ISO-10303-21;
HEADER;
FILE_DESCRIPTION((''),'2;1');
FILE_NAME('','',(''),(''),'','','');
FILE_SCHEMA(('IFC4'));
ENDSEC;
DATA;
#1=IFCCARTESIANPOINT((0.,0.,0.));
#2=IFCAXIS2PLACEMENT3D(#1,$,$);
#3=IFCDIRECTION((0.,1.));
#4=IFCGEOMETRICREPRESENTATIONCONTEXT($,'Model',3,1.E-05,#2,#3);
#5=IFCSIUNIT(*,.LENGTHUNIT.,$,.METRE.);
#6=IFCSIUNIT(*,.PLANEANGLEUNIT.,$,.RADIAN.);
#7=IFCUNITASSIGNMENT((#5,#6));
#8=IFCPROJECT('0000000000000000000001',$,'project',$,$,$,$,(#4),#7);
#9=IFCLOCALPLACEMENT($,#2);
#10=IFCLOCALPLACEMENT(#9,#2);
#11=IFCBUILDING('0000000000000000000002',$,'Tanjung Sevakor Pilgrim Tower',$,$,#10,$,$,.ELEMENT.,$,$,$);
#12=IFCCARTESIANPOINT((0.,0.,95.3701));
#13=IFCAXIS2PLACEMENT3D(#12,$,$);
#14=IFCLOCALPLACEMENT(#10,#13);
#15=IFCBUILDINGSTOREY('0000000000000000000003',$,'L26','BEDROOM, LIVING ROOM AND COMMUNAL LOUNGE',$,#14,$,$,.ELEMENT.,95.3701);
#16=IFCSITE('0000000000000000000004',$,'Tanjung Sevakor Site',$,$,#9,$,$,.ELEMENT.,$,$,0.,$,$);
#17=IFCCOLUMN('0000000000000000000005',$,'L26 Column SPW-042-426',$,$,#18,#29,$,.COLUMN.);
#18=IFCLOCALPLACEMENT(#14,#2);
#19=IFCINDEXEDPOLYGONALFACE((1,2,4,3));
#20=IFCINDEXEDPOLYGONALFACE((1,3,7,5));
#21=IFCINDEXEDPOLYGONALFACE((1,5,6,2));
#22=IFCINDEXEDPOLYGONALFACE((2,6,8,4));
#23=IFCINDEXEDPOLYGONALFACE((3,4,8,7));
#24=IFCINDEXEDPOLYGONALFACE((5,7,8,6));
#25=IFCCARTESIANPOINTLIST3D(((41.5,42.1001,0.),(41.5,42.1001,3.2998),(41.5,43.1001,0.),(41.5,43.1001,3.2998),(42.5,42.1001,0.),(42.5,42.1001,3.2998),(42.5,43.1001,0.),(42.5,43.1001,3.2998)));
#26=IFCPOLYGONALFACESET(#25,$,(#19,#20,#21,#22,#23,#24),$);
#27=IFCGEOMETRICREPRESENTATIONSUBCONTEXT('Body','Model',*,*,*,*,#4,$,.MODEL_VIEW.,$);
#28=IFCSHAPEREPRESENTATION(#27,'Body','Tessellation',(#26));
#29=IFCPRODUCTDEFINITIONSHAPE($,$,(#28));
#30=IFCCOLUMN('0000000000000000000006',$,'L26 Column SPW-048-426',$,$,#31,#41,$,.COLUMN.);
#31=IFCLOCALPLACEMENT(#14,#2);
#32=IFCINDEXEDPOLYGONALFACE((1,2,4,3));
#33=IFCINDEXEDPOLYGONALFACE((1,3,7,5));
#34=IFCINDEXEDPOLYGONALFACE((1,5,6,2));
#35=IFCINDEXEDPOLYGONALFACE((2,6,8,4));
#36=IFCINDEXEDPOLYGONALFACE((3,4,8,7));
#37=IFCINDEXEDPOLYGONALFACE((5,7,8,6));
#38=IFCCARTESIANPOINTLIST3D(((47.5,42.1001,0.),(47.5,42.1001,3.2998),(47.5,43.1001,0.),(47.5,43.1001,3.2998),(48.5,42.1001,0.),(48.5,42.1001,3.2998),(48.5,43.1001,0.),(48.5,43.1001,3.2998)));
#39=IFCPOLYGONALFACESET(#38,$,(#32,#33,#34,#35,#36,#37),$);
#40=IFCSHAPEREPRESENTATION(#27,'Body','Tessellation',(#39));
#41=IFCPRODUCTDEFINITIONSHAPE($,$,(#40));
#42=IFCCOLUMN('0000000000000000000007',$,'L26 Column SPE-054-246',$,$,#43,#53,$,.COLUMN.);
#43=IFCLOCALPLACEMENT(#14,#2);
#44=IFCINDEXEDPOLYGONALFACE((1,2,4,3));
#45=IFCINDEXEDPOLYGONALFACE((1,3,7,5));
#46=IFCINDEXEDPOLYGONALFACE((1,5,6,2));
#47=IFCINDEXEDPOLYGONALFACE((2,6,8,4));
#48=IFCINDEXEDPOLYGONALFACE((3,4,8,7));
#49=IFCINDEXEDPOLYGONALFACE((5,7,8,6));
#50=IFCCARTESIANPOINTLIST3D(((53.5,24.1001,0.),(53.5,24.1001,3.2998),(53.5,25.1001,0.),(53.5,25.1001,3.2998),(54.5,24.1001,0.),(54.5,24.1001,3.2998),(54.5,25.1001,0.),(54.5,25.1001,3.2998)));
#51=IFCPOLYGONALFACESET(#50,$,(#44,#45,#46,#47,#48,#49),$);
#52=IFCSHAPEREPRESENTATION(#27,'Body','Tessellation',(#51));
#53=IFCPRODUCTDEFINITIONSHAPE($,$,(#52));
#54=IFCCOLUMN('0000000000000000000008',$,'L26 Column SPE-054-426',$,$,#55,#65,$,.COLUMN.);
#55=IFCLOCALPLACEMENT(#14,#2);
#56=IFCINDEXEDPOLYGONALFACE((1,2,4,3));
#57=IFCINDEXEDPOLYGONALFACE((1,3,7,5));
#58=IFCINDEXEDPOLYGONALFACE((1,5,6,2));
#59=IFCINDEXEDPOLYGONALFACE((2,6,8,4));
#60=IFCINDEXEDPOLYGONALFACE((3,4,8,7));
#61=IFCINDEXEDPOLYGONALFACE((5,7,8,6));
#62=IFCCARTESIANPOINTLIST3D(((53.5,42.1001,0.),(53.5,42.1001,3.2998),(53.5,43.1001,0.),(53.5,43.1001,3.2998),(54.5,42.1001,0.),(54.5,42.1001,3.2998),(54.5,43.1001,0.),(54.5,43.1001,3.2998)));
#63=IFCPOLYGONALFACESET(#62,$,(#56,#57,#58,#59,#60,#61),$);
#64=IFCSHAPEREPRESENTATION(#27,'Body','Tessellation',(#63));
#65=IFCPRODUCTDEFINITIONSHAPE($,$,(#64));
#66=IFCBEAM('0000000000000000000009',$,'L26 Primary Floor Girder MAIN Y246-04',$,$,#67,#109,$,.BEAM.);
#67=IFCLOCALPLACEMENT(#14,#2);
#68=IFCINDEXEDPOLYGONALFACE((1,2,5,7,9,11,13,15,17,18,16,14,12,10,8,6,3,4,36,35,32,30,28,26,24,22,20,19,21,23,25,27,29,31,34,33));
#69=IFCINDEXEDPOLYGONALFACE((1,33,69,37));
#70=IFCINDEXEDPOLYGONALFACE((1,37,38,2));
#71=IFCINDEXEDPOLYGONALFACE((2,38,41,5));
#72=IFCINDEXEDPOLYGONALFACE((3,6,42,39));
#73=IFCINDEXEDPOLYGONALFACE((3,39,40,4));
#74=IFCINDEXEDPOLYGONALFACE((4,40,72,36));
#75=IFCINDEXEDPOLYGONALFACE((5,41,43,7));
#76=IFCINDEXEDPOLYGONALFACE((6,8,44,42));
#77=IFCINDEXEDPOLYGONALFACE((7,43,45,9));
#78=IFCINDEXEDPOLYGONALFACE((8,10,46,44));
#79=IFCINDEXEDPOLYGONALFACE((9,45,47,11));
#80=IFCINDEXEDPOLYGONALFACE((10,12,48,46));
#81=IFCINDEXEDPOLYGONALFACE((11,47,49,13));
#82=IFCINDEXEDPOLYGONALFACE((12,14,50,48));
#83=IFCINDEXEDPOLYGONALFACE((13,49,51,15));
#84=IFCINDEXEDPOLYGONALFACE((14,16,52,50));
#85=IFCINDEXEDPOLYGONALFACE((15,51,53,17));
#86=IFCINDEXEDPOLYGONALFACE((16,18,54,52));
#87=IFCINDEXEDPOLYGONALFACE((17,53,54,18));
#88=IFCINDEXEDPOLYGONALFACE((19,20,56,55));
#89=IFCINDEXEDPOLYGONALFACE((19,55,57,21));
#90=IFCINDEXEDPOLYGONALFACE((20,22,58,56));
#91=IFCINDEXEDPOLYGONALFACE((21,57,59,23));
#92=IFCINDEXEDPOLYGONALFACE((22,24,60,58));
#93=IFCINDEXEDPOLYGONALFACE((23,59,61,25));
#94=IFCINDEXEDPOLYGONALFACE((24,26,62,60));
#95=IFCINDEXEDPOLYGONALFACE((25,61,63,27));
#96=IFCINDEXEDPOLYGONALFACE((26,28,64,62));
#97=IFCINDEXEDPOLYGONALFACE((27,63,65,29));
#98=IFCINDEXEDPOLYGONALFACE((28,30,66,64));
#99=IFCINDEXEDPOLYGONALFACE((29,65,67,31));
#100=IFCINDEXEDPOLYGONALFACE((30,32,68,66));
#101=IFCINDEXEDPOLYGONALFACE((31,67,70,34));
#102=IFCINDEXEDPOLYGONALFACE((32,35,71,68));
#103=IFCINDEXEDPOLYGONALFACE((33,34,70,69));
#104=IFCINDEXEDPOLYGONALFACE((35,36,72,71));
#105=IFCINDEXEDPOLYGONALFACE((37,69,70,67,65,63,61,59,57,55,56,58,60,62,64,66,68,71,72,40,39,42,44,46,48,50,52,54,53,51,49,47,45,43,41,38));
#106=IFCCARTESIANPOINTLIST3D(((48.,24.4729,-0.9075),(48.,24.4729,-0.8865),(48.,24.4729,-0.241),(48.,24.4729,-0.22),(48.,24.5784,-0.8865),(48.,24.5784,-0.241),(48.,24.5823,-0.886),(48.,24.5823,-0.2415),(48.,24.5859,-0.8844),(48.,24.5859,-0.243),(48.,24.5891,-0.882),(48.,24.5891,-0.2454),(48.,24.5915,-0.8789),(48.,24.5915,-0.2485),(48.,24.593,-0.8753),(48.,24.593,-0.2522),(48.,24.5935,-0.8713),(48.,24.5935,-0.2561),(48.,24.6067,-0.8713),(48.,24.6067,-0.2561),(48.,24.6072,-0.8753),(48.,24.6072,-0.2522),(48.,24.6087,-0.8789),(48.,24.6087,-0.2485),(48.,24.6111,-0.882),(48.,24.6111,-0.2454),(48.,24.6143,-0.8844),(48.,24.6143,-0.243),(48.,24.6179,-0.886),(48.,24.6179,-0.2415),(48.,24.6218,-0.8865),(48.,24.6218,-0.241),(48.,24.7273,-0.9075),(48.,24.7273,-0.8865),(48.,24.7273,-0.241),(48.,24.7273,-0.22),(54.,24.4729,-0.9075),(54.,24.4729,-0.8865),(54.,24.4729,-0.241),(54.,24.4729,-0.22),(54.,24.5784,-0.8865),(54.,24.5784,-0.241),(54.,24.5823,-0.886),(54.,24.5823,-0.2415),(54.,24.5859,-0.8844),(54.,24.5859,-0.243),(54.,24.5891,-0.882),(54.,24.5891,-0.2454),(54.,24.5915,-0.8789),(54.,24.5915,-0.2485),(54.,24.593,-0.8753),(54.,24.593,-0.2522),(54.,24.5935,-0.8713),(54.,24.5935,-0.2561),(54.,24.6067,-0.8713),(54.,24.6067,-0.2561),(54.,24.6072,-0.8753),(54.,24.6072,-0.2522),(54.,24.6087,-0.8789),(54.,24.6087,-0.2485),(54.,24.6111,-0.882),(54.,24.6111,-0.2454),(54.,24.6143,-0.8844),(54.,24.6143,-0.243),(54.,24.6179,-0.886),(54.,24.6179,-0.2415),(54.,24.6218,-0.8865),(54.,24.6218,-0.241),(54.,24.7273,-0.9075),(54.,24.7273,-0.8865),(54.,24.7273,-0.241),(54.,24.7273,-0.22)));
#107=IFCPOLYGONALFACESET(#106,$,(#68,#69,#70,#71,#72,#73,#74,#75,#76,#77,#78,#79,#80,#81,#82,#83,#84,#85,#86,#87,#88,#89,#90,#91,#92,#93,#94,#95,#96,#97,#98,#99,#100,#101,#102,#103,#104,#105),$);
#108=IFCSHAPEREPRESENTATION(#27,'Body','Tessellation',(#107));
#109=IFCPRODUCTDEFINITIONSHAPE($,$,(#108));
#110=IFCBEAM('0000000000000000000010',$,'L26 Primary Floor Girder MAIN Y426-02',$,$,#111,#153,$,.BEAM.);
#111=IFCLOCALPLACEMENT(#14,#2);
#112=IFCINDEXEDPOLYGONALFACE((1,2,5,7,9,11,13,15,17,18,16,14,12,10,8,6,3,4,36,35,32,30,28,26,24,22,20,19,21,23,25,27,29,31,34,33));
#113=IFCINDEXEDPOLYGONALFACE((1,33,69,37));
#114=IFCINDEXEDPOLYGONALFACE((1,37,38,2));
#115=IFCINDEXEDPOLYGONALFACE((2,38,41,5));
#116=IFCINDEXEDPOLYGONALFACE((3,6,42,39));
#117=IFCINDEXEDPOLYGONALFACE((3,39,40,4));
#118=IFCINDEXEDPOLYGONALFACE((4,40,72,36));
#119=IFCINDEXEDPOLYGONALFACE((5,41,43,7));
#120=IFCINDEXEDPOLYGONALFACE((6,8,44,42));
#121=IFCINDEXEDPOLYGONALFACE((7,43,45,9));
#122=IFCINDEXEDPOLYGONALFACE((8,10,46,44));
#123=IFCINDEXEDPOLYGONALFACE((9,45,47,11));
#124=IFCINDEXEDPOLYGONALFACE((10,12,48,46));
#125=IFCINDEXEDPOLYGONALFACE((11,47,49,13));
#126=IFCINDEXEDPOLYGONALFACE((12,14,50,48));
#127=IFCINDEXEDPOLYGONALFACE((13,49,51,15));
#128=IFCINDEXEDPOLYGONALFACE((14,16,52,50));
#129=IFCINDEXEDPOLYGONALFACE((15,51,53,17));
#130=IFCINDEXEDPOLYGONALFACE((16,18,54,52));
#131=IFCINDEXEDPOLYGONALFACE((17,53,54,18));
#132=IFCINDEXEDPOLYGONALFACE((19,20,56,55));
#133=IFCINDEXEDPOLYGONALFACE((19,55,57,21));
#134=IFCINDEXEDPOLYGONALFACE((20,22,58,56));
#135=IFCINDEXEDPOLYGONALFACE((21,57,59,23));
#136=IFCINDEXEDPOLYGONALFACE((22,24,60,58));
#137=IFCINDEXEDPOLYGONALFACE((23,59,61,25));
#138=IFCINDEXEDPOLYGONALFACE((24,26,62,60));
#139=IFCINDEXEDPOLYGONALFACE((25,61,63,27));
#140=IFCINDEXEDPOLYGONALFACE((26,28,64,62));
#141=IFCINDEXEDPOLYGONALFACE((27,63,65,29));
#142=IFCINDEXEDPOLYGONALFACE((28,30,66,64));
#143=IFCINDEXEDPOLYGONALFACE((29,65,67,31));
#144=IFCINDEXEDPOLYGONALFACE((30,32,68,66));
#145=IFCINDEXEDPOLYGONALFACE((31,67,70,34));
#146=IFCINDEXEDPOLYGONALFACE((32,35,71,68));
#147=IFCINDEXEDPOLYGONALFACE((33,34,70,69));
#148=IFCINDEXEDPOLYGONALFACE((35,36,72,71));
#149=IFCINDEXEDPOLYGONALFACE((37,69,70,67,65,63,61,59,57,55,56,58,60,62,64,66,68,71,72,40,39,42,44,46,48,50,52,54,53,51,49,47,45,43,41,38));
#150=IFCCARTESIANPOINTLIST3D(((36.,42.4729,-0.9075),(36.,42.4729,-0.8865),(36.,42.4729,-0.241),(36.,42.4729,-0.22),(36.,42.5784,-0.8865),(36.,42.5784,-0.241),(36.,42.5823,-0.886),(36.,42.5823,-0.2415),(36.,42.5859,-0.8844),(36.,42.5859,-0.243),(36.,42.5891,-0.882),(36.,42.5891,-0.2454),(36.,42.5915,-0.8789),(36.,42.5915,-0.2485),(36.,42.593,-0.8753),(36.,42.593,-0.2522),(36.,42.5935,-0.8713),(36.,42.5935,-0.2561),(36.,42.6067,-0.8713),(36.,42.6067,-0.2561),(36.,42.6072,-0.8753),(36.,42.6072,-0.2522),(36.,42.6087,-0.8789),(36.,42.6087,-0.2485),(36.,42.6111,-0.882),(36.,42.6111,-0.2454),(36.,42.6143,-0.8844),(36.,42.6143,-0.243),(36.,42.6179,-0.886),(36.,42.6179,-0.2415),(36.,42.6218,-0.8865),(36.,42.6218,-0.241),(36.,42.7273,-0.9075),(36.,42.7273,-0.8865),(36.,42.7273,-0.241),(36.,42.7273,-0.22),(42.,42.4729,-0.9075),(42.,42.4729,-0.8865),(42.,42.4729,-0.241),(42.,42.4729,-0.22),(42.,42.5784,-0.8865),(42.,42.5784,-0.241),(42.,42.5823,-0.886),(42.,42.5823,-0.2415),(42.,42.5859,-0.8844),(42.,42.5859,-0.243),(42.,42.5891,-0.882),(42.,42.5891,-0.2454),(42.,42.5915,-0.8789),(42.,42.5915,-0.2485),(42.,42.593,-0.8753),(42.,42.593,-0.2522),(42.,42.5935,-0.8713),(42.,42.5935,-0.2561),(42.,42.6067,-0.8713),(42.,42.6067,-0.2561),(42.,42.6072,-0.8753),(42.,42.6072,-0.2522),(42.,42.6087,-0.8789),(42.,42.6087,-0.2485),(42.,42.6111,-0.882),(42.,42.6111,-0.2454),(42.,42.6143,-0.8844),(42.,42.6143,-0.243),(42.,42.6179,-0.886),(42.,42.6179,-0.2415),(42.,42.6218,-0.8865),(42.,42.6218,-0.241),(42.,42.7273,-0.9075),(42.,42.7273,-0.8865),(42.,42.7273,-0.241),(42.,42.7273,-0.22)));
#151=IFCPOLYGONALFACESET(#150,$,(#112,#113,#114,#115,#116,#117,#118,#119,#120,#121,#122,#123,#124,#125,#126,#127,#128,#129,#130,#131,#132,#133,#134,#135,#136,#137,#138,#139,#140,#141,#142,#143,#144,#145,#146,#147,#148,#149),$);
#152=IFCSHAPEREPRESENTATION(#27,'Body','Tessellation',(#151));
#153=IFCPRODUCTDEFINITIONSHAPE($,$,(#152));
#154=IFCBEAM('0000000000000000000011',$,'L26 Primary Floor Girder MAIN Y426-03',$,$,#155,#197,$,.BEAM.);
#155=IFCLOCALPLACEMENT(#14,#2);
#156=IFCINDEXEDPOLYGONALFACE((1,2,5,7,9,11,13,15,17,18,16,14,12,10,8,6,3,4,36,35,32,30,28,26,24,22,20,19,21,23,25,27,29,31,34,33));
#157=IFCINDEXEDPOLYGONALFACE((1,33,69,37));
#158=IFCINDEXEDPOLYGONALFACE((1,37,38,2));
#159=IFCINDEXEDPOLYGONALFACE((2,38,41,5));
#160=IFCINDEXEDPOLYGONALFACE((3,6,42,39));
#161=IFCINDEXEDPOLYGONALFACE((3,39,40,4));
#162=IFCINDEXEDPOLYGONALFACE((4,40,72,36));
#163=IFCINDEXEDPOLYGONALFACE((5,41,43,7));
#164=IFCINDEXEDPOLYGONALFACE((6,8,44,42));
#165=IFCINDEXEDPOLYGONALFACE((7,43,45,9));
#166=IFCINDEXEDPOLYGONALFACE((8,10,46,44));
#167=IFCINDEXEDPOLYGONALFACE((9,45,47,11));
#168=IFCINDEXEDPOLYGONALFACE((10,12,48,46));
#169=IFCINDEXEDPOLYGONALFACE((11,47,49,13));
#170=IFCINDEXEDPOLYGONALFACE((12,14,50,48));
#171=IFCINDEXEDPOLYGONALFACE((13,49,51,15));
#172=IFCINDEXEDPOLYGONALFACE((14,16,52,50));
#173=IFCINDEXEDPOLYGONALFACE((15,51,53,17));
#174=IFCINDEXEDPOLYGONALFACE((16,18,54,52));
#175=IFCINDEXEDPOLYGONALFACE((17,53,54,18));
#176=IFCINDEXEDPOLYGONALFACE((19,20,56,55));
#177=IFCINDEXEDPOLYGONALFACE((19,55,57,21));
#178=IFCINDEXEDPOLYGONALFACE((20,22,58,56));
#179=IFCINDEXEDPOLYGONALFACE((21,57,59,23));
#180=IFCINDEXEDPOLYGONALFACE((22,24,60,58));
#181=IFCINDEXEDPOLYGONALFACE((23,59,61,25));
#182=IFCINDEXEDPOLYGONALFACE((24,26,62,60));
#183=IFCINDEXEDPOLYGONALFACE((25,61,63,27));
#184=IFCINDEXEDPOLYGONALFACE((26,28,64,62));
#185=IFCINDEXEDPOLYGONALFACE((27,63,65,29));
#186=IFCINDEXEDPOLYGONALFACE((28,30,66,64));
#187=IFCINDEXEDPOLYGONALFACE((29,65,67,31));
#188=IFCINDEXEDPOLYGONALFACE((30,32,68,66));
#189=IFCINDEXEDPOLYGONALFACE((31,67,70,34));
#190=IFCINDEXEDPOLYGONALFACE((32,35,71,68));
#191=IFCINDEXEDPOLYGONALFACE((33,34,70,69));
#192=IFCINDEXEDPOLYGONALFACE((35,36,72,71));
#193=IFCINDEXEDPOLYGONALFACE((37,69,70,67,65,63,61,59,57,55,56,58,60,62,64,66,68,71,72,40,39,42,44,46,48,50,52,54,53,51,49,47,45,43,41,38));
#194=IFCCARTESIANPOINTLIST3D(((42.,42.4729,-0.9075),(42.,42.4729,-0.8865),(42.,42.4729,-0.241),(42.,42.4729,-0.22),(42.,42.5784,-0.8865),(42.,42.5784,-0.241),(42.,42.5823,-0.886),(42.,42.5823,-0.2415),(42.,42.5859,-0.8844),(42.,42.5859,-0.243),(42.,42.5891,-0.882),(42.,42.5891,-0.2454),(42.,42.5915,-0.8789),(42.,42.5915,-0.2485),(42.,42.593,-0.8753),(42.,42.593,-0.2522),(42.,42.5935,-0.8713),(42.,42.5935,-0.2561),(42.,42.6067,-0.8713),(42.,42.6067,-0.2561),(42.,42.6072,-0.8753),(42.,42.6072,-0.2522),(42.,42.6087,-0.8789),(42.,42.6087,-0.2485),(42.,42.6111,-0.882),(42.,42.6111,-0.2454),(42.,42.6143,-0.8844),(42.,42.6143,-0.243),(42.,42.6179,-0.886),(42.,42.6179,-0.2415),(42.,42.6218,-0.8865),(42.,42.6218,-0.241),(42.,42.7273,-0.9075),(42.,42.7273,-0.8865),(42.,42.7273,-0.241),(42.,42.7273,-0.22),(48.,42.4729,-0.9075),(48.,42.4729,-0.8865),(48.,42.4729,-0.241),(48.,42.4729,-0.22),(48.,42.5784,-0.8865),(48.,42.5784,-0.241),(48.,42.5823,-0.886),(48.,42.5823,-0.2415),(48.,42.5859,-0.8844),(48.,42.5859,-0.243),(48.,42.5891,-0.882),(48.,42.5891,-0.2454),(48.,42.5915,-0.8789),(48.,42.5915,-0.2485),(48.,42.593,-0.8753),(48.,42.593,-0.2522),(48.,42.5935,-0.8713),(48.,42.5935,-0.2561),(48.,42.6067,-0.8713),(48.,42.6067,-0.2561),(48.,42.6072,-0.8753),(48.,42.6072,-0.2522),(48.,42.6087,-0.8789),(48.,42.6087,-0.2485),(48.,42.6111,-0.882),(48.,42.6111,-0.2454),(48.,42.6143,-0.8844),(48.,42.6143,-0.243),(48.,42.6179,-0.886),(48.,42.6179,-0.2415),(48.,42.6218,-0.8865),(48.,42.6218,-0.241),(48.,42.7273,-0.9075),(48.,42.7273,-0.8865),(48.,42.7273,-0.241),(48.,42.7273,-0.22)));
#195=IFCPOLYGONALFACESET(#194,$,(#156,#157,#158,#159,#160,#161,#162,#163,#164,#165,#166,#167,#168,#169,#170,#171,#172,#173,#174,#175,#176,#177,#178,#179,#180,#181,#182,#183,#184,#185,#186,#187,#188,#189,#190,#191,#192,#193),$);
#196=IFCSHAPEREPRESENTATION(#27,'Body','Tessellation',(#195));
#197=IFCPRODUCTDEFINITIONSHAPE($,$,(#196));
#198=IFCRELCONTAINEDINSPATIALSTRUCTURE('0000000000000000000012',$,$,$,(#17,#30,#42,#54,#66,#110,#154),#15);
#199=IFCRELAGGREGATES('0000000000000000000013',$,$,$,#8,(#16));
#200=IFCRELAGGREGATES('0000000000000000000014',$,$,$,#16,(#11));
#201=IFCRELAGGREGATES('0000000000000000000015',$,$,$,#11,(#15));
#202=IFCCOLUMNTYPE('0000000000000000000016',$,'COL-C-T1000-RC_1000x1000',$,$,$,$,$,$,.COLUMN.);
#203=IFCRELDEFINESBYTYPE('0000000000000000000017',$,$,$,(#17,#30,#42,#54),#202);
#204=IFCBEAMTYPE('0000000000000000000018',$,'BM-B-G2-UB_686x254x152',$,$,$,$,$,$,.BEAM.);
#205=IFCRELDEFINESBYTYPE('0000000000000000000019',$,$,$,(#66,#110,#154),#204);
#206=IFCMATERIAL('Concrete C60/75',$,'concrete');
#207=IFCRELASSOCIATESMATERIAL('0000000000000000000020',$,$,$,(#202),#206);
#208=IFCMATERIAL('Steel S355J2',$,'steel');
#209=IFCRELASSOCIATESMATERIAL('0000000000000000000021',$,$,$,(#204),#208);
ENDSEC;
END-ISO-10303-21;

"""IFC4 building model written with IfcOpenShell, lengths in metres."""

from ifc_helpers import new_model, si_unit, direction, frame, origin, origin_2d, place, context, subcontext, project, spatial, rectangle, i_section, extrude, material, material_profile, profile_set, type_object, element, save


model = new_model("IFC4")

# Units and contexts
model_context = context("Model", 3, precision=1e-05, world=origin(), true_north=direction((0.0, 1.0)))
body_context = subcontext(model_context, "Body", "Model", "MODEL_VIEW")
ifc_project = project(units=[si_unit("LENGTHUNIT", "METRE"), si_unit("PLANEANGLEUNIT", "RADIAN")], contexts=[model_context])

# Site, building, storey
site_placement = place(None, origin())
site = spatial("IfcSite", under=ifc_project, at=site_placement, Name="Tanjung Sevakor Site", CompositionType="ELEMENT", RefElevation=0.0)
building_placement = place(site_placement, origin())
building = spatial("IfcBuilding", under=site, at=building_placement, Name="Tanjung Sevakor Pilgrim Tower", CompositionType="ELEMENT")
storey_placement = place(building_placement, frame((0.0, 0.0, 95.3701)))
storey = spatial("IfcBuildingStorey", under=building, at=storey_placement, Name="L26", Description="BEDROOM, LIVING ROOM AND COMMUNAL LOUNGE", CompositionType="ELEMENT", Elevation=95.3701)

# Columns
ifc_material_1 = material(Name="Concrete C60/75", Category="concrete")
ifc_material_profile_1 = material_profile(ifc_material_1, rectangle(XDim=1.0, YDim=1.0, at=origin_2d()))
ifc_profile_set_1 = profile_set([ifc_material_profile_1], Name="Concrete C60/75")
column_type = type_object("IfcColumnType", Name="COL-C-T1000-RC_1000x1000", PredefinedType="COLUMN", material=ifc_profile_set_1)
for number, where, z_axis, x_axis, name in (
    (1, (42.0, 42.6001, 0.0), (0.0, 0.0, 1.0), (1.0, 0.0, 0.0), "L26 Column SPW-042-426"),
    (2, (48.0, 42.6001, 0.0), (0.0, 0.0, 1.0), (1.0, 0.0, 0.0), "L26 Column SPW-048-426"),
    (3, (54.0, 24.6001, 0.0), (0.0, 0.0, 1.0), (1.0, 0.0, 0.0), "L26 Column SPE-054-246"),
    (4, (54.0, 42.6001, 0.0), (0.0, 0.0, 1.0), (1.0, 0.0, 0.0), "L26 Column SPE-054-426"),
):
    element("IfcColumn", number, at=place(storey_placement, frame(where, z_axis=z_axis, x_axis=x_axis)), inside=storey, type_object=column_type, Name=name, PredefinedType="COLUMN", context=body_context, shape_type="SweptSolid", body=[
        extrude(rectangle(XDim=1.0, YDim=1.0, at=origin_2d()), origin(), (0.0, 0.0, 1.0), 3.2998),
    ])

# Beams
ifc_material_2 = material(Name="Steel S355J2", Category="steel")
ifc_material_profile_2 = material_profile(ifc_material_2, i_section(OverallWidth=0.2544, OverallDepth=0.6875, WebThickness=0.0132, FlangeThickness=0.021, FilletRadius=0.0151, at=origin_2d()))
ifc_profile_set_2 = profile_set([ifc_material_profile_2], Name="Steel S355J2")
beam_type_1 = type_object("IfcBeamType", Name="BM-B-G2-UB_686x254x152", PredefinedType="BEAM", material=ifc_profile_set_2)
for number, where, z_axis, x_axis, name in (
    (5, (48.0, 24.6001, -0.5637), (1.0, 0.0, 0.0), (0.0, 1.0, 0.0), "L26 Primary Floor Girder MAIN Y246-04"),
    (6, (36.0, 42.6001, -0.5637), (1.0, 0.0, 0.0), (0.0, 1.0, 0.0), "L26 Primary Floor Girder MAIN Y426-02"),
    (7, (42.0, 42.6001, -0.5637), (1.0, 0.0, 0.0), (0.0, 1.0, 0.0), "L26 Primary Floor Girder MAIN Y426-03"),
):
    element("IfcBeam", number, at=place(storey_placement, frame(where, z_axis=z_axis, x_axis=x_axis)), inside=storey, type_object=beam_type_1, Name=name, PredefinedType="BEAM", context=body_context, shape_type="SweptSolid", body=[
        extrude(i_section(OverallWidth=0.2544, OverallDepth=0.6875, WebThickness=0.0132, FlangeThickness=0.021, FilletRadius=0.0151, at=origin_2d()), origin(), (0.0, 0.0, 1.0), 6.0),
    ])

save(model, "model.ifc")
